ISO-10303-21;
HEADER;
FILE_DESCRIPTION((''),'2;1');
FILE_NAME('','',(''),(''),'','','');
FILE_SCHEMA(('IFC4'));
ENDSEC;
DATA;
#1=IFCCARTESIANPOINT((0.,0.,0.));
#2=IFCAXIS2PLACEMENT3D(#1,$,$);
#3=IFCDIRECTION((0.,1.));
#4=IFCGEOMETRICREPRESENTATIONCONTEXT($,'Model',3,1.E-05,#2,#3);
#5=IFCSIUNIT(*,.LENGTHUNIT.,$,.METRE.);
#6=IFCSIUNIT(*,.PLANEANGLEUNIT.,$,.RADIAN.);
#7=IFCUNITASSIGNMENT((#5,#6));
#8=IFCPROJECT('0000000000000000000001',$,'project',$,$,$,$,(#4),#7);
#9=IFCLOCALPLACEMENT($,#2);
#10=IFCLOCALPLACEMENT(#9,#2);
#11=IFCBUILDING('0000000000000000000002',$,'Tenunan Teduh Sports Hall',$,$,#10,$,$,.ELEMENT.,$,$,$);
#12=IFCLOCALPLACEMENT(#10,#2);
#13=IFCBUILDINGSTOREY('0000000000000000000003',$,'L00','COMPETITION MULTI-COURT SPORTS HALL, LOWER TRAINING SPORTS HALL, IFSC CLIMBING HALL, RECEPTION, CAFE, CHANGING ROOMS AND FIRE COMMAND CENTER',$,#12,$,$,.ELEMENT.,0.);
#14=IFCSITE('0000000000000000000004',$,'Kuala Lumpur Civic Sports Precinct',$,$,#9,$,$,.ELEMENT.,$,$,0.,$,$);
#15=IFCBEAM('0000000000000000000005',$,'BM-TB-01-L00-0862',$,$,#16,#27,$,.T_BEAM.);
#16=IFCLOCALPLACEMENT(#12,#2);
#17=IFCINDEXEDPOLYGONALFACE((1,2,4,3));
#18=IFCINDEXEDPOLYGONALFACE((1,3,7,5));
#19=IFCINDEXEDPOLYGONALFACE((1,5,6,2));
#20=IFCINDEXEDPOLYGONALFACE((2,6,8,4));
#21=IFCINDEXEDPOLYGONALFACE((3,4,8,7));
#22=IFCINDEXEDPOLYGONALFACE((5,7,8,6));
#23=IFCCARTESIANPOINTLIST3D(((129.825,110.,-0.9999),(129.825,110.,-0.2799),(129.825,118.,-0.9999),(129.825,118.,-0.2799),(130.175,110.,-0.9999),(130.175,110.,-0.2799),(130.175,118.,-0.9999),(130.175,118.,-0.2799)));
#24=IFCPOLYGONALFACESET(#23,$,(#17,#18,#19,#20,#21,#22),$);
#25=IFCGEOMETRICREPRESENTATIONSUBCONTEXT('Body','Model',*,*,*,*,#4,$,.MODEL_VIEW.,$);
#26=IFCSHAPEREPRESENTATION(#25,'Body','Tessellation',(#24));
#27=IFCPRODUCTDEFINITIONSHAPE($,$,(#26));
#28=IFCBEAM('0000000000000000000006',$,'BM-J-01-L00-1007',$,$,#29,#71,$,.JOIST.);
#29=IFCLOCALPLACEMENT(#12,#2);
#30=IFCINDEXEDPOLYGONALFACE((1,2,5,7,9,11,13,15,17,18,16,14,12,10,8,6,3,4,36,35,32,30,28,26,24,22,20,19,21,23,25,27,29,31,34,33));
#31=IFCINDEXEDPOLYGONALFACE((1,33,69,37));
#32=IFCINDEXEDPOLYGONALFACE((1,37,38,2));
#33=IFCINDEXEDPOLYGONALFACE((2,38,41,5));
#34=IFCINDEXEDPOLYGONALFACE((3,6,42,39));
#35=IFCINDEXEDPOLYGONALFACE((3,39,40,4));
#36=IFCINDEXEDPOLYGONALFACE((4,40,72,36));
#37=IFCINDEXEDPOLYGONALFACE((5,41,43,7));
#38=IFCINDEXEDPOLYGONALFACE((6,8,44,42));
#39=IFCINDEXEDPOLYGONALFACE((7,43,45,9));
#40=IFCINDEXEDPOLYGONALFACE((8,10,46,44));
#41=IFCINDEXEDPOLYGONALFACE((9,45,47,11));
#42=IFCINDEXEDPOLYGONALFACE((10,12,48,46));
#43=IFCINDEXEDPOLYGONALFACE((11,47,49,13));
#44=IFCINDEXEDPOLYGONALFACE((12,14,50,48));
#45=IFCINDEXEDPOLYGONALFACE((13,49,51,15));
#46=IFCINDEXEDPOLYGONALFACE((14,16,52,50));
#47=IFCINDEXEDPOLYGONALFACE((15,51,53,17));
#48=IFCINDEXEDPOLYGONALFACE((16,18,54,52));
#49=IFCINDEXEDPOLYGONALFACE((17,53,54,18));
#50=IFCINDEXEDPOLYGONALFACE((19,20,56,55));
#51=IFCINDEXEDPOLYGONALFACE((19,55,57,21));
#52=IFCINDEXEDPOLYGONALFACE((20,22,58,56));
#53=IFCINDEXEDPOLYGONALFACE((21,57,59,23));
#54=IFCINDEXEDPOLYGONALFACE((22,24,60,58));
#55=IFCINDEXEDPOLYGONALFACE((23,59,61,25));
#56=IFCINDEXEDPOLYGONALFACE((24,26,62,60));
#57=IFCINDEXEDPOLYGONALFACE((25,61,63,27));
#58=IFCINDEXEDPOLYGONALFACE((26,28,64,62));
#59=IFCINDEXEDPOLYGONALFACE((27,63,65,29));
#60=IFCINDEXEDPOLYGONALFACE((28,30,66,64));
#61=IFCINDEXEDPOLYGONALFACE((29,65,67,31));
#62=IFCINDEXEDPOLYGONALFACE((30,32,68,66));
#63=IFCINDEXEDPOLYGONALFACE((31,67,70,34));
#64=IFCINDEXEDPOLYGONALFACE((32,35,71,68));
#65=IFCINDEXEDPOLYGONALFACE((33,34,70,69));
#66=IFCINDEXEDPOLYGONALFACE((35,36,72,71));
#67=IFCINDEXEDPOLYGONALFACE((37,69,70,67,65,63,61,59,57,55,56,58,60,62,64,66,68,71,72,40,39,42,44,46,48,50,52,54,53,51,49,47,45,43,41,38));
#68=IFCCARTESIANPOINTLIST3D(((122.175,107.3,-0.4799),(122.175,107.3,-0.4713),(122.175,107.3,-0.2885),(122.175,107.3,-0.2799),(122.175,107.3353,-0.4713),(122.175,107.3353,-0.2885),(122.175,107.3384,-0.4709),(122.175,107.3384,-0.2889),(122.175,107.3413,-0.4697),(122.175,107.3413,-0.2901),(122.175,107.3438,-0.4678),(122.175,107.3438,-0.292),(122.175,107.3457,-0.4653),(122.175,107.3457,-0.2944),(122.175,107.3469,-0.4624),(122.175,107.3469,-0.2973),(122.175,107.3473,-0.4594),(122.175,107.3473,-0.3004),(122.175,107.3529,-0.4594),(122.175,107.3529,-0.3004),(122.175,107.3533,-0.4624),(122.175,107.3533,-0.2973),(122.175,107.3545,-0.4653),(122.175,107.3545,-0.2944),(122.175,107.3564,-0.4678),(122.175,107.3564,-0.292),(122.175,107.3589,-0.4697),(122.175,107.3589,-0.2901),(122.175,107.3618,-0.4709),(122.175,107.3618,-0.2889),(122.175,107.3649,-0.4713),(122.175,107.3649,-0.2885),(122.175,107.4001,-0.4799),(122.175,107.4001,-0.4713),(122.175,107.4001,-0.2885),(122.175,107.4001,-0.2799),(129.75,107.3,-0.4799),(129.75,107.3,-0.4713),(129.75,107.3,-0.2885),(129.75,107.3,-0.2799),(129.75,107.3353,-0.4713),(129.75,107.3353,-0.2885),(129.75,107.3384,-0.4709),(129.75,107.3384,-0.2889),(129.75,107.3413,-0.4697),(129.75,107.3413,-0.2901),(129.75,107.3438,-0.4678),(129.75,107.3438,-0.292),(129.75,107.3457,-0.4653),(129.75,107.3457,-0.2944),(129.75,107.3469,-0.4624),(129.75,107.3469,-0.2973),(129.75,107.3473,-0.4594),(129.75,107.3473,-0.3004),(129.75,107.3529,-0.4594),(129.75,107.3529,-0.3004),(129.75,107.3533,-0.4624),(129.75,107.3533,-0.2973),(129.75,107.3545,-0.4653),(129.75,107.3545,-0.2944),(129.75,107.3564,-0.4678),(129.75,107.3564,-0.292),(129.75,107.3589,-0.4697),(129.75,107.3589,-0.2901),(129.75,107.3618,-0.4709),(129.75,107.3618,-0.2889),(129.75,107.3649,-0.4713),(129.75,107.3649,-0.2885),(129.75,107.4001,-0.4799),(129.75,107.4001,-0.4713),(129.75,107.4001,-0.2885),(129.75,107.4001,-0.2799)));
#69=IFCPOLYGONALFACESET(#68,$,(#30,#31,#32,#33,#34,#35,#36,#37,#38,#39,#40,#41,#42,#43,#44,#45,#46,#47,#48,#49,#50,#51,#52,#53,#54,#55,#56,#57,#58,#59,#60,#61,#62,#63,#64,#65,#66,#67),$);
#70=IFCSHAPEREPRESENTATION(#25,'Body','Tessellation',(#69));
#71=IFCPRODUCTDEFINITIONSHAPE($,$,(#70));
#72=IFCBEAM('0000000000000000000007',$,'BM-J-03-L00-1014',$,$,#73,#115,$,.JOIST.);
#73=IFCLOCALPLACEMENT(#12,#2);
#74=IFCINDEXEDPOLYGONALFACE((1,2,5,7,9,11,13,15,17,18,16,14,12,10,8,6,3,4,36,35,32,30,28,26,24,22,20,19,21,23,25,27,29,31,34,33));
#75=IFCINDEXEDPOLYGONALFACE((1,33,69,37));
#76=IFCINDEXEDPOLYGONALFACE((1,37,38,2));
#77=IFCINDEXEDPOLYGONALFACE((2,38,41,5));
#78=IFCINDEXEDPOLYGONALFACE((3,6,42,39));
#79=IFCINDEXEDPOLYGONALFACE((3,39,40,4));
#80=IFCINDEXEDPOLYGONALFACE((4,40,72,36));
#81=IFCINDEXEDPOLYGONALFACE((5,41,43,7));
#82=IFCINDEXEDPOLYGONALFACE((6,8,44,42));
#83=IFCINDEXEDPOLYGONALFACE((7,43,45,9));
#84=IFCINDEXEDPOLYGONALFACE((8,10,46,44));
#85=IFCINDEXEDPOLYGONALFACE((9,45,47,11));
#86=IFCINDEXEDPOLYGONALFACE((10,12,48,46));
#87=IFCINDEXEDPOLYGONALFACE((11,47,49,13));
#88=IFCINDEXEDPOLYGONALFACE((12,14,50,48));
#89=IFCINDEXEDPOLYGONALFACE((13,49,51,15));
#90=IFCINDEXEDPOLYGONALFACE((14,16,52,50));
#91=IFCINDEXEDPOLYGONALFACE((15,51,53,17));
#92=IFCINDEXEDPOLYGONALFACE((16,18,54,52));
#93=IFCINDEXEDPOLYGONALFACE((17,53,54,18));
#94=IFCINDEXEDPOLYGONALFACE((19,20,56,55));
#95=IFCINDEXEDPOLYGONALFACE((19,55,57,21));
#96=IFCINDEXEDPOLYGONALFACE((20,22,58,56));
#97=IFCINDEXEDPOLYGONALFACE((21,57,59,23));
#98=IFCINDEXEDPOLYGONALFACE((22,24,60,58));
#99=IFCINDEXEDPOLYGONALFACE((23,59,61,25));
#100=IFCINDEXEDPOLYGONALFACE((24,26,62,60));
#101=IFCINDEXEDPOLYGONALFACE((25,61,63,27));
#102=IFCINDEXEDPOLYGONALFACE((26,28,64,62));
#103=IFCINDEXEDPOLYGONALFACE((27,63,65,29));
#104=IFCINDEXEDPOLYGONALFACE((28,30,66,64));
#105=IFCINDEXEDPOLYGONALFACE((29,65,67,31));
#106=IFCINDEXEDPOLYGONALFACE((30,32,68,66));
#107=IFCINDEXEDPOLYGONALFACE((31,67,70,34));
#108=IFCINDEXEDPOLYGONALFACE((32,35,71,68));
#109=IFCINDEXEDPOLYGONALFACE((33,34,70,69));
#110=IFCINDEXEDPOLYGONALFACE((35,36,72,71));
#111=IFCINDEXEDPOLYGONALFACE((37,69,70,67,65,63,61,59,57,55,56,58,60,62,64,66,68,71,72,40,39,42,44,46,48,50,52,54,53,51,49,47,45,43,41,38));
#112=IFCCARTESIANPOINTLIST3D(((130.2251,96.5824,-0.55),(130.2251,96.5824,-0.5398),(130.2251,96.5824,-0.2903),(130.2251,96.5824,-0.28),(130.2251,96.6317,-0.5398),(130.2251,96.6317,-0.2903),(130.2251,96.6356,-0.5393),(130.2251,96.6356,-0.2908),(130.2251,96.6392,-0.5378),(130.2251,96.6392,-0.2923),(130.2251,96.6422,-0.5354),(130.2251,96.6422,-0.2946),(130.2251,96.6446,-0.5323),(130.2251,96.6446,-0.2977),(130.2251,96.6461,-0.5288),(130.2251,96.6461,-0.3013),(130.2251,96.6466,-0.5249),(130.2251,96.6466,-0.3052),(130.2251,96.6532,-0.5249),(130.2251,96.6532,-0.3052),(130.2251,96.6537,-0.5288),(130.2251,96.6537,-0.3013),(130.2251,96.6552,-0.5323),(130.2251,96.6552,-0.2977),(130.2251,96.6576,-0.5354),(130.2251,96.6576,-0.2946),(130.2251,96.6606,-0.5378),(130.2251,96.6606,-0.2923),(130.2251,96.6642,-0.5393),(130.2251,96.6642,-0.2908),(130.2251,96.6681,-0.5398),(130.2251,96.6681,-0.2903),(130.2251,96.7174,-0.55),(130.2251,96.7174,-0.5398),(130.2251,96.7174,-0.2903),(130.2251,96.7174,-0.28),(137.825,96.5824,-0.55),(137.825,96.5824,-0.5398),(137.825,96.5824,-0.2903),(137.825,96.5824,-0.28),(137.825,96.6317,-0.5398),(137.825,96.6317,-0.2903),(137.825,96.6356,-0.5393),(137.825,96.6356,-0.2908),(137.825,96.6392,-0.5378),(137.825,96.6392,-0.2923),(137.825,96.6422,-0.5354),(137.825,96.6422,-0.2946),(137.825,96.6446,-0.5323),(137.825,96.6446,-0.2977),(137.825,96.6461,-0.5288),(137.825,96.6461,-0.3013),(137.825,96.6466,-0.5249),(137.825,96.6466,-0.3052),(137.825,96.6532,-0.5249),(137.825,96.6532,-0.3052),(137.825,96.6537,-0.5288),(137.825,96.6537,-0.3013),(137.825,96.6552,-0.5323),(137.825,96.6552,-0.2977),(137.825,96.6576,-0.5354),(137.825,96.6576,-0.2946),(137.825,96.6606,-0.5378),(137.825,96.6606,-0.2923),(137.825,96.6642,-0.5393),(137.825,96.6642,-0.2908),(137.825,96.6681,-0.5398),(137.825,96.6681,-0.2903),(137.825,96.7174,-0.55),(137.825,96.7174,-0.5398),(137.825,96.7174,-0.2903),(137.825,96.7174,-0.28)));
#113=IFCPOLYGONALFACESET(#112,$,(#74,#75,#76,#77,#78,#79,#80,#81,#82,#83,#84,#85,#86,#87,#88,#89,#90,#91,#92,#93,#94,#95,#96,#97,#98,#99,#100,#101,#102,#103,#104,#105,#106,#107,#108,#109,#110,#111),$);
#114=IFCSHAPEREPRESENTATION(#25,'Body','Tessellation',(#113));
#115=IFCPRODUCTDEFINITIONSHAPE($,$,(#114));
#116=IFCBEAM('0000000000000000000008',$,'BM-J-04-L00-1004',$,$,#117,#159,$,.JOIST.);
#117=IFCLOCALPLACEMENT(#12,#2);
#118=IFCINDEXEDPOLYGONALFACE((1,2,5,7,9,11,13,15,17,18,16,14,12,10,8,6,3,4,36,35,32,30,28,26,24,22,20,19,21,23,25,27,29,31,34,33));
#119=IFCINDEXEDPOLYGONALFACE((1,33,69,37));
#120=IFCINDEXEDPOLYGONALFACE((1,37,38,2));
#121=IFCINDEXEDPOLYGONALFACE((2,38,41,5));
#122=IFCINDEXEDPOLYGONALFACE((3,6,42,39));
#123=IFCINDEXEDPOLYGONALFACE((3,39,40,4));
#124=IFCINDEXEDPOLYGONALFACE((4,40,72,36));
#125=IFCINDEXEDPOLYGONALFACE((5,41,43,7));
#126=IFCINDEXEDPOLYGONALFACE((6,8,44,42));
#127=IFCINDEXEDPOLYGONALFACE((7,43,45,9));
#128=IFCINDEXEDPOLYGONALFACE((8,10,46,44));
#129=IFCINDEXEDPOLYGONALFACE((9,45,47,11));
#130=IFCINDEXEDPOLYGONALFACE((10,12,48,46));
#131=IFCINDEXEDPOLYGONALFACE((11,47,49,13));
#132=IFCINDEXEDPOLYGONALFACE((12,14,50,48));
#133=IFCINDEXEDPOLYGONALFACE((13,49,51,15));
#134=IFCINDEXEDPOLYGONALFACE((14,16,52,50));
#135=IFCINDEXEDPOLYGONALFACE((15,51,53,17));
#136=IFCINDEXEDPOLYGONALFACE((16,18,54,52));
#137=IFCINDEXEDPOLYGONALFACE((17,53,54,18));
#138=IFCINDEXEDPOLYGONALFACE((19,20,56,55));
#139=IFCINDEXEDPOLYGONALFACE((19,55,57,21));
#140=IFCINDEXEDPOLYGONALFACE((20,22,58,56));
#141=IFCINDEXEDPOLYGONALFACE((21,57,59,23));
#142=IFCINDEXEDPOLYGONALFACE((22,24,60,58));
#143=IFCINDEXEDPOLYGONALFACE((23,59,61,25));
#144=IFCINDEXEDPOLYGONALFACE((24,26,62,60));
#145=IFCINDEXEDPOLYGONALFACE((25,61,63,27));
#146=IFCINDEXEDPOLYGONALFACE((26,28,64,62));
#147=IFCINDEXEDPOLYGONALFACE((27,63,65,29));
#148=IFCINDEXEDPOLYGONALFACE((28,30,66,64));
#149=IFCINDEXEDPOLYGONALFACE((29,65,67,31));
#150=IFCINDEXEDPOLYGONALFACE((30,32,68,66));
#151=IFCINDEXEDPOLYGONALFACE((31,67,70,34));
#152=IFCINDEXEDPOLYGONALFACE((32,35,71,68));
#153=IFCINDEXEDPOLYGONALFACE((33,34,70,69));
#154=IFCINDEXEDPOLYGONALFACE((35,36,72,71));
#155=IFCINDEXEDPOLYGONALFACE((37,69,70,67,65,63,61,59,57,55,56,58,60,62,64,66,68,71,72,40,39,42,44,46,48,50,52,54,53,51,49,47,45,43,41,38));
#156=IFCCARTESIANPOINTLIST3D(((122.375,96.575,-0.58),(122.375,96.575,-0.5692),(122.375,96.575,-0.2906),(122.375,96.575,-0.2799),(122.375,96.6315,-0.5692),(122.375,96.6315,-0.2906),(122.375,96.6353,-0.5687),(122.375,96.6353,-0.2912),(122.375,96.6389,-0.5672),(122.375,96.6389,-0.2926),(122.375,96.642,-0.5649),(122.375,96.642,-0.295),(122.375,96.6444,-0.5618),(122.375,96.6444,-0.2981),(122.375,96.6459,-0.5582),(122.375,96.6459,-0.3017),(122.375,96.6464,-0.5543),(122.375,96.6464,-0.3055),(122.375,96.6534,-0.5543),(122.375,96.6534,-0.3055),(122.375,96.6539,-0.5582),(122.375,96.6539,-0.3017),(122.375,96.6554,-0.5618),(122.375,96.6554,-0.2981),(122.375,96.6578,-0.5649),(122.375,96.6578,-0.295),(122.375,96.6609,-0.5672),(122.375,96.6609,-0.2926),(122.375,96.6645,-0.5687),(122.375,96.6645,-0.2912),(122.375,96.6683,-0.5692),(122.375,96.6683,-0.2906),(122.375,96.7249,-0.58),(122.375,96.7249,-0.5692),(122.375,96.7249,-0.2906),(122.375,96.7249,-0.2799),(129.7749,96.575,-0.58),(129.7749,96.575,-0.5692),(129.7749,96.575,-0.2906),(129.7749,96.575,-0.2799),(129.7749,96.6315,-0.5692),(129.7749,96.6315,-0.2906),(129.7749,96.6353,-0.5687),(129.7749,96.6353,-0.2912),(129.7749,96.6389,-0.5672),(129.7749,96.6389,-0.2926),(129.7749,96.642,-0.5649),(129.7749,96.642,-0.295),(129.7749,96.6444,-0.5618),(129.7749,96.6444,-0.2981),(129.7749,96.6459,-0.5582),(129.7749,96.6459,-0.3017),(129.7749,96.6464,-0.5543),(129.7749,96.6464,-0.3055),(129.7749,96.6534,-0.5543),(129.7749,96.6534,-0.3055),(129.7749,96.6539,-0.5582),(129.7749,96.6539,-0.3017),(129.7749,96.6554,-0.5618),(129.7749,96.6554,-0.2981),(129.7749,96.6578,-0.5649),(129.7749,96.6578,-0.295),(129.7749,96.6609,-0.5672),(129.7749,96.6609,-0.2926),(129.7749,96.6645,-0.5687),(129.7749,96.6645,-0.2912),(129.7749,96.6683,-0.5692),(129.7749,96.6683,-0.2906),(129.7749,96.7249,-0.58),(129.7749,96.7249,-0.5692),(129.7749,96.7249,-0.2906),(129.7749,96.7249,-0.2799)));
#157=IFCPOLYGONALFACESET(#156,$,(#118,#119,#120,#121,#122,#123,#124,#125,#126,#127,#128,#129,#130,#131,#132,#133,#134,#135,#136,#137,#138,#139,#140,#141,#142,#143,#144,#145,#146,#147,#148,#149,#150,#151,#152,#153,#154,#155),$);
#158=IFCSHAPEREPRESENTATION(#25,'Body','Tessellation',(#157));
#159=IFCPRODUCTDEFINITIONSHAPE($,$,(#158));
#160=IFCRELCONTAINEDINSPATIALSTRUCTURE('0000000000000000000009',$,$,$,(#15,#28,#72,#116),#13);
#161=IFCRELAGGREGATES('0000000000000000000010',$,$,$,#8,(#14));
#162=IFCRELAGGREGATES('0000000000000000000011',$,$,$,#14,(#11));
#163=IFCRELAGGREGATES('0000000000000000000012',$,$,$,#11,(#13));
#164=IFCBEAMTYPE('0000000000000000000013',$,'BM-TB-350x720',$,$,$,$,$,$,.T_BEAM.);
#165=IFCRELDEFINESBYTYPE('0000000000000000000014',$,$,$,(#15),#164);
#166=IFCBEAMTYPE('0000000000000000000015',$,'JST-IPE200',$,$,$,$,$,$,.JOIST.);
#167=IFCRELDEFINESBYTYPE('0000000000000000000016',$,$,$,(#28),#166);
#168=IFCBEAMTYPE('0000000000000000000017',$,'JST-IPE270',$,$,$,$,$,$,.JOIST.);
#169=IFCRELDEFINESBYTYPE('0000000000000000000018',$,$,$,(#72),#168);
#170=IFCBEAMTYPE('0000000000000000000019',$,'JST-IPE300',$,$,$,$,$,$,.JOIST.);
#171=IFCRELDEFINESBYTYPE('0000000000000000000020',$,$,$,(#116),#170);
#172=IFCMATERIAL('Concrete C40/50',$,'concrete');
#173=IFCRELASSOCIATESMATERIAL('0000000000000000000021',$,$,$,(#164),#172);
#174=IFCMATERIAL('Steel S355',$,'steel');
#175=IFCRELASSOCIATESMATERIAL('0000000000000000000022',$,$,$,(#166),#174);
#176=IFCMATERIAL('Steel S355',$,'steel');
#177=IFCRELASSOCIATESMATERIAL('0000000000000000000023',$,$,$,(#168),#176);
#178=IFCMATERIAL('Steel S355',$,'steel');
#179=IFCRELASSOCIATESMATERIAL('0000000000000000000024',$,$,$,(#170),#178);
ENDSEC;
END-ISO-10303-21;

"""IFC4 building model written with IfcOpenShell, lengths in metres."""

from ifc_helpers import new_model, si_unit, direction, frame, origin, origin_2d, place, context, subcontext, project, spatial, rectangle, i_section, extrude, material, material_profile, profile_set, type_object, element, save


model = new_model("IFC4")

# Units and contexts
model_context = context("Model", 3, precision=1e-05, world=origin(), true_north=direction((0.0, 1.0)))
body_context = subcontext(model_context, "Body", "Model", "MODEL_VIEW")
ifc_project = project(units=[si_unit("LENGTHUNIT", "METRE"), si_unit("PLANEANGLEUNIT", "RADIAN")], contexts=[model_context])

# Site, building, storey
site_placement = place(None, origin())
site = spatial("IfcSite", under=ifc_project, at=site_placement, Name="Kuala Lumpur Civic Sports Precinct", CompositionType="ELEMENT", RefElevation=0.0)
building_placement = place(site_placement, origin())
building = spatial("IfcBuilding", under=site, at=building_placement, Name="Tenunan Teduh Sports Hall", CompositionType="ELEMENT")
storey_placement = place(building_placement, origin())
storey = spatial("IfcBuildingStorey", under=building, at=storey_placement, Name="L00", Description="COMPETITION MULTI-COURT SPORTS HALL, LOWER TRAINING SPORTS HALL, IFSC CLIMBING HALL, RECEPTION, CAFE, CHANGING ROOMS AND FIRE COMMAND CENTER", CompositionType="ELEMENT", Elevation=0.0)

# Beams
ifc_material_1 = material(Name="Concrete C40/50", Category="concrete")
ifc_material_profile_1 = material_profile(ifc_material_1, rectangle(XDim=0.3501, YDim=0.72, at=origin_2d()), Name="TB 350x720")
ifc_profile_set_1 = profile_set([ifc_material_profile_1], Name="Concrete C40/50")
beam_type_1 = type_object("IfcBeamType", Name="BM-TB-350x720", PredefinedType="T_BEAM", material=ifc_profile_set_1)
beam_1_placement = place(storey_placement, frame((130.0, 110.0, -0.6399), z_axis=(0.0, 1.0, 0.0), x_axis=(-1.0, 0.0, 0.0)))
element("IfcBeam", 1, at=beam_1_placement, inside=storey, type_object=beam_type_1, Name="BM-TB-01-L00-0862", PredefinedType="T_BEAM", context=body_context, shape_type="SweptSolid", body=[
    extrude(rectangle(XDim=0.3501, YDim=0.72, at=origin_2d()), origin(), (0.0, 0.0, 1.0), 8.0),
])
ifc_material_2 = material(Name="Steel S355", Category="steel")
ifc_material_profile_2 = material_profile(ifc_material_2, i_section(OverallWidth=0.1001, OverallDepth=0.2, WebThickness=0.0056, FlangeThickness=0.0085, FilletRadius=0.012, at=origin_2d()), Name="IPE 200")
ifc_profile_set_2 = profile_set([ifc_material_profile_2], Name="Steel S355")
beam_type_2 = type_object("IfcBeamType", Name="JST-IPE200", PredefinedType="JOIST", material=ifc_profile_set_2)
beam_2_placement = place(storey_placement, frame((122.175, 107.3501, -0.3799), z_axis=(1.0, 0.0, 0.0), x_axis=(0.0, 1.0, 0.0)))
element("IfcBeam", 2, at=beam_2_placement, inside=storey, type_object=beam_type_2, Name="BM-J-01-L00-1007", PredefinedType="JOIST", context=body_context, shape_type="SweptSolid", body=[
    extrude(i_section(OverallWidth=0.1001, OverallDepth=0.2, WebThickness=0.0056, FlangeThickness=0.0085, FilletRadius=0.012, at=origin_2d()), origin(), (0.0, 0.0, 1.0), 7.575),
])
ifc_material_3 = material(Name="Steel S355", Category="steel")
ifc_material_profile_3 = material_profile(ifc_material_3, i_section(OverallWidth=0.135, OverallDepth=0.27, WebThickness=0.0066, FlangeThickness=0.0103, FilletRadius=0.0149, at=origin_2d()), Name="IPE 270")
ifc_profile_set_3 = profile_set([ifc_material_profile_3], Name="Steel S355")
beam_type_3 = type_object("IfcBeamType", Name="JST-IPE270", PredefinedType="JOIST", material=ifc_profile_set_3)
beam_3_placement = place(storey_placement, frame((130.2251, 96.6499, -0.415), z_axis=(1.0, 0.0, 0.0), x_axis=(0.0, 1.0, 0.0)))
element("IfcBeam", 3, at=beam_3_placement, inside=storey, type_object=beam_type_3, Name="BM-J-03-L00-1014", PredefinedType="JOIST", context=body_context, shape_type="SweptSolid", body=[
    extrude(i_section(OverallWidth=0.135, OverallDepth=0.27, WebThickness=0.0066, FlangeThickness=0.0103, FilletRadius=0.0149, at=origin_2d()), origin(), (0.0, 0.0, 1.0), 7.5999),
])
ifc_material_4 = material(Name="Steel S355", Category="steel")
ifc_material_profile_4 = material_profile(ifc_material_4, i_section(OverallWidth=0.1499, OverallDepth=0.3, WebThickness=0.0071, FlangeThickness=0.0107, FilletRadius=0.0149, at=origin_2d()), Name="IPE 300")
ifc_profile_set_4 = profile_set([ifc_material_profile_4], Name="Steel S355")
beam_type_4 = type_object("IfcBeamType", Name="JST-IPE300", PredefinedType="JOIST", material=ifc_profile_set_4)
beam_4_placement = place(storey_placement, frame((122.375, 96.6499, -0.4299), z_axis=(1.0, 0.0, 0.0), x_axis=(0.0, 1.0, 0.0)))
element("IfcBeam", 4, at=beam_4_placement, inside=storey, type_object=beam_type_4, Name="BM-J-04-L00-1004", PredefinedType="JOIST", context=body_context, shape_type="SweptSolid", body=[
    extrude(i_section(OverallWidth=0.1499, OverallDepth=0.3, WebThickness=0.0071, FlangeThickness=0.0107, FilletRadius=0.0149, at=origin_2d()), origin(), (0.0, 0.0, 1.0), 7.3999),
])

save(model, "model.ifc")
